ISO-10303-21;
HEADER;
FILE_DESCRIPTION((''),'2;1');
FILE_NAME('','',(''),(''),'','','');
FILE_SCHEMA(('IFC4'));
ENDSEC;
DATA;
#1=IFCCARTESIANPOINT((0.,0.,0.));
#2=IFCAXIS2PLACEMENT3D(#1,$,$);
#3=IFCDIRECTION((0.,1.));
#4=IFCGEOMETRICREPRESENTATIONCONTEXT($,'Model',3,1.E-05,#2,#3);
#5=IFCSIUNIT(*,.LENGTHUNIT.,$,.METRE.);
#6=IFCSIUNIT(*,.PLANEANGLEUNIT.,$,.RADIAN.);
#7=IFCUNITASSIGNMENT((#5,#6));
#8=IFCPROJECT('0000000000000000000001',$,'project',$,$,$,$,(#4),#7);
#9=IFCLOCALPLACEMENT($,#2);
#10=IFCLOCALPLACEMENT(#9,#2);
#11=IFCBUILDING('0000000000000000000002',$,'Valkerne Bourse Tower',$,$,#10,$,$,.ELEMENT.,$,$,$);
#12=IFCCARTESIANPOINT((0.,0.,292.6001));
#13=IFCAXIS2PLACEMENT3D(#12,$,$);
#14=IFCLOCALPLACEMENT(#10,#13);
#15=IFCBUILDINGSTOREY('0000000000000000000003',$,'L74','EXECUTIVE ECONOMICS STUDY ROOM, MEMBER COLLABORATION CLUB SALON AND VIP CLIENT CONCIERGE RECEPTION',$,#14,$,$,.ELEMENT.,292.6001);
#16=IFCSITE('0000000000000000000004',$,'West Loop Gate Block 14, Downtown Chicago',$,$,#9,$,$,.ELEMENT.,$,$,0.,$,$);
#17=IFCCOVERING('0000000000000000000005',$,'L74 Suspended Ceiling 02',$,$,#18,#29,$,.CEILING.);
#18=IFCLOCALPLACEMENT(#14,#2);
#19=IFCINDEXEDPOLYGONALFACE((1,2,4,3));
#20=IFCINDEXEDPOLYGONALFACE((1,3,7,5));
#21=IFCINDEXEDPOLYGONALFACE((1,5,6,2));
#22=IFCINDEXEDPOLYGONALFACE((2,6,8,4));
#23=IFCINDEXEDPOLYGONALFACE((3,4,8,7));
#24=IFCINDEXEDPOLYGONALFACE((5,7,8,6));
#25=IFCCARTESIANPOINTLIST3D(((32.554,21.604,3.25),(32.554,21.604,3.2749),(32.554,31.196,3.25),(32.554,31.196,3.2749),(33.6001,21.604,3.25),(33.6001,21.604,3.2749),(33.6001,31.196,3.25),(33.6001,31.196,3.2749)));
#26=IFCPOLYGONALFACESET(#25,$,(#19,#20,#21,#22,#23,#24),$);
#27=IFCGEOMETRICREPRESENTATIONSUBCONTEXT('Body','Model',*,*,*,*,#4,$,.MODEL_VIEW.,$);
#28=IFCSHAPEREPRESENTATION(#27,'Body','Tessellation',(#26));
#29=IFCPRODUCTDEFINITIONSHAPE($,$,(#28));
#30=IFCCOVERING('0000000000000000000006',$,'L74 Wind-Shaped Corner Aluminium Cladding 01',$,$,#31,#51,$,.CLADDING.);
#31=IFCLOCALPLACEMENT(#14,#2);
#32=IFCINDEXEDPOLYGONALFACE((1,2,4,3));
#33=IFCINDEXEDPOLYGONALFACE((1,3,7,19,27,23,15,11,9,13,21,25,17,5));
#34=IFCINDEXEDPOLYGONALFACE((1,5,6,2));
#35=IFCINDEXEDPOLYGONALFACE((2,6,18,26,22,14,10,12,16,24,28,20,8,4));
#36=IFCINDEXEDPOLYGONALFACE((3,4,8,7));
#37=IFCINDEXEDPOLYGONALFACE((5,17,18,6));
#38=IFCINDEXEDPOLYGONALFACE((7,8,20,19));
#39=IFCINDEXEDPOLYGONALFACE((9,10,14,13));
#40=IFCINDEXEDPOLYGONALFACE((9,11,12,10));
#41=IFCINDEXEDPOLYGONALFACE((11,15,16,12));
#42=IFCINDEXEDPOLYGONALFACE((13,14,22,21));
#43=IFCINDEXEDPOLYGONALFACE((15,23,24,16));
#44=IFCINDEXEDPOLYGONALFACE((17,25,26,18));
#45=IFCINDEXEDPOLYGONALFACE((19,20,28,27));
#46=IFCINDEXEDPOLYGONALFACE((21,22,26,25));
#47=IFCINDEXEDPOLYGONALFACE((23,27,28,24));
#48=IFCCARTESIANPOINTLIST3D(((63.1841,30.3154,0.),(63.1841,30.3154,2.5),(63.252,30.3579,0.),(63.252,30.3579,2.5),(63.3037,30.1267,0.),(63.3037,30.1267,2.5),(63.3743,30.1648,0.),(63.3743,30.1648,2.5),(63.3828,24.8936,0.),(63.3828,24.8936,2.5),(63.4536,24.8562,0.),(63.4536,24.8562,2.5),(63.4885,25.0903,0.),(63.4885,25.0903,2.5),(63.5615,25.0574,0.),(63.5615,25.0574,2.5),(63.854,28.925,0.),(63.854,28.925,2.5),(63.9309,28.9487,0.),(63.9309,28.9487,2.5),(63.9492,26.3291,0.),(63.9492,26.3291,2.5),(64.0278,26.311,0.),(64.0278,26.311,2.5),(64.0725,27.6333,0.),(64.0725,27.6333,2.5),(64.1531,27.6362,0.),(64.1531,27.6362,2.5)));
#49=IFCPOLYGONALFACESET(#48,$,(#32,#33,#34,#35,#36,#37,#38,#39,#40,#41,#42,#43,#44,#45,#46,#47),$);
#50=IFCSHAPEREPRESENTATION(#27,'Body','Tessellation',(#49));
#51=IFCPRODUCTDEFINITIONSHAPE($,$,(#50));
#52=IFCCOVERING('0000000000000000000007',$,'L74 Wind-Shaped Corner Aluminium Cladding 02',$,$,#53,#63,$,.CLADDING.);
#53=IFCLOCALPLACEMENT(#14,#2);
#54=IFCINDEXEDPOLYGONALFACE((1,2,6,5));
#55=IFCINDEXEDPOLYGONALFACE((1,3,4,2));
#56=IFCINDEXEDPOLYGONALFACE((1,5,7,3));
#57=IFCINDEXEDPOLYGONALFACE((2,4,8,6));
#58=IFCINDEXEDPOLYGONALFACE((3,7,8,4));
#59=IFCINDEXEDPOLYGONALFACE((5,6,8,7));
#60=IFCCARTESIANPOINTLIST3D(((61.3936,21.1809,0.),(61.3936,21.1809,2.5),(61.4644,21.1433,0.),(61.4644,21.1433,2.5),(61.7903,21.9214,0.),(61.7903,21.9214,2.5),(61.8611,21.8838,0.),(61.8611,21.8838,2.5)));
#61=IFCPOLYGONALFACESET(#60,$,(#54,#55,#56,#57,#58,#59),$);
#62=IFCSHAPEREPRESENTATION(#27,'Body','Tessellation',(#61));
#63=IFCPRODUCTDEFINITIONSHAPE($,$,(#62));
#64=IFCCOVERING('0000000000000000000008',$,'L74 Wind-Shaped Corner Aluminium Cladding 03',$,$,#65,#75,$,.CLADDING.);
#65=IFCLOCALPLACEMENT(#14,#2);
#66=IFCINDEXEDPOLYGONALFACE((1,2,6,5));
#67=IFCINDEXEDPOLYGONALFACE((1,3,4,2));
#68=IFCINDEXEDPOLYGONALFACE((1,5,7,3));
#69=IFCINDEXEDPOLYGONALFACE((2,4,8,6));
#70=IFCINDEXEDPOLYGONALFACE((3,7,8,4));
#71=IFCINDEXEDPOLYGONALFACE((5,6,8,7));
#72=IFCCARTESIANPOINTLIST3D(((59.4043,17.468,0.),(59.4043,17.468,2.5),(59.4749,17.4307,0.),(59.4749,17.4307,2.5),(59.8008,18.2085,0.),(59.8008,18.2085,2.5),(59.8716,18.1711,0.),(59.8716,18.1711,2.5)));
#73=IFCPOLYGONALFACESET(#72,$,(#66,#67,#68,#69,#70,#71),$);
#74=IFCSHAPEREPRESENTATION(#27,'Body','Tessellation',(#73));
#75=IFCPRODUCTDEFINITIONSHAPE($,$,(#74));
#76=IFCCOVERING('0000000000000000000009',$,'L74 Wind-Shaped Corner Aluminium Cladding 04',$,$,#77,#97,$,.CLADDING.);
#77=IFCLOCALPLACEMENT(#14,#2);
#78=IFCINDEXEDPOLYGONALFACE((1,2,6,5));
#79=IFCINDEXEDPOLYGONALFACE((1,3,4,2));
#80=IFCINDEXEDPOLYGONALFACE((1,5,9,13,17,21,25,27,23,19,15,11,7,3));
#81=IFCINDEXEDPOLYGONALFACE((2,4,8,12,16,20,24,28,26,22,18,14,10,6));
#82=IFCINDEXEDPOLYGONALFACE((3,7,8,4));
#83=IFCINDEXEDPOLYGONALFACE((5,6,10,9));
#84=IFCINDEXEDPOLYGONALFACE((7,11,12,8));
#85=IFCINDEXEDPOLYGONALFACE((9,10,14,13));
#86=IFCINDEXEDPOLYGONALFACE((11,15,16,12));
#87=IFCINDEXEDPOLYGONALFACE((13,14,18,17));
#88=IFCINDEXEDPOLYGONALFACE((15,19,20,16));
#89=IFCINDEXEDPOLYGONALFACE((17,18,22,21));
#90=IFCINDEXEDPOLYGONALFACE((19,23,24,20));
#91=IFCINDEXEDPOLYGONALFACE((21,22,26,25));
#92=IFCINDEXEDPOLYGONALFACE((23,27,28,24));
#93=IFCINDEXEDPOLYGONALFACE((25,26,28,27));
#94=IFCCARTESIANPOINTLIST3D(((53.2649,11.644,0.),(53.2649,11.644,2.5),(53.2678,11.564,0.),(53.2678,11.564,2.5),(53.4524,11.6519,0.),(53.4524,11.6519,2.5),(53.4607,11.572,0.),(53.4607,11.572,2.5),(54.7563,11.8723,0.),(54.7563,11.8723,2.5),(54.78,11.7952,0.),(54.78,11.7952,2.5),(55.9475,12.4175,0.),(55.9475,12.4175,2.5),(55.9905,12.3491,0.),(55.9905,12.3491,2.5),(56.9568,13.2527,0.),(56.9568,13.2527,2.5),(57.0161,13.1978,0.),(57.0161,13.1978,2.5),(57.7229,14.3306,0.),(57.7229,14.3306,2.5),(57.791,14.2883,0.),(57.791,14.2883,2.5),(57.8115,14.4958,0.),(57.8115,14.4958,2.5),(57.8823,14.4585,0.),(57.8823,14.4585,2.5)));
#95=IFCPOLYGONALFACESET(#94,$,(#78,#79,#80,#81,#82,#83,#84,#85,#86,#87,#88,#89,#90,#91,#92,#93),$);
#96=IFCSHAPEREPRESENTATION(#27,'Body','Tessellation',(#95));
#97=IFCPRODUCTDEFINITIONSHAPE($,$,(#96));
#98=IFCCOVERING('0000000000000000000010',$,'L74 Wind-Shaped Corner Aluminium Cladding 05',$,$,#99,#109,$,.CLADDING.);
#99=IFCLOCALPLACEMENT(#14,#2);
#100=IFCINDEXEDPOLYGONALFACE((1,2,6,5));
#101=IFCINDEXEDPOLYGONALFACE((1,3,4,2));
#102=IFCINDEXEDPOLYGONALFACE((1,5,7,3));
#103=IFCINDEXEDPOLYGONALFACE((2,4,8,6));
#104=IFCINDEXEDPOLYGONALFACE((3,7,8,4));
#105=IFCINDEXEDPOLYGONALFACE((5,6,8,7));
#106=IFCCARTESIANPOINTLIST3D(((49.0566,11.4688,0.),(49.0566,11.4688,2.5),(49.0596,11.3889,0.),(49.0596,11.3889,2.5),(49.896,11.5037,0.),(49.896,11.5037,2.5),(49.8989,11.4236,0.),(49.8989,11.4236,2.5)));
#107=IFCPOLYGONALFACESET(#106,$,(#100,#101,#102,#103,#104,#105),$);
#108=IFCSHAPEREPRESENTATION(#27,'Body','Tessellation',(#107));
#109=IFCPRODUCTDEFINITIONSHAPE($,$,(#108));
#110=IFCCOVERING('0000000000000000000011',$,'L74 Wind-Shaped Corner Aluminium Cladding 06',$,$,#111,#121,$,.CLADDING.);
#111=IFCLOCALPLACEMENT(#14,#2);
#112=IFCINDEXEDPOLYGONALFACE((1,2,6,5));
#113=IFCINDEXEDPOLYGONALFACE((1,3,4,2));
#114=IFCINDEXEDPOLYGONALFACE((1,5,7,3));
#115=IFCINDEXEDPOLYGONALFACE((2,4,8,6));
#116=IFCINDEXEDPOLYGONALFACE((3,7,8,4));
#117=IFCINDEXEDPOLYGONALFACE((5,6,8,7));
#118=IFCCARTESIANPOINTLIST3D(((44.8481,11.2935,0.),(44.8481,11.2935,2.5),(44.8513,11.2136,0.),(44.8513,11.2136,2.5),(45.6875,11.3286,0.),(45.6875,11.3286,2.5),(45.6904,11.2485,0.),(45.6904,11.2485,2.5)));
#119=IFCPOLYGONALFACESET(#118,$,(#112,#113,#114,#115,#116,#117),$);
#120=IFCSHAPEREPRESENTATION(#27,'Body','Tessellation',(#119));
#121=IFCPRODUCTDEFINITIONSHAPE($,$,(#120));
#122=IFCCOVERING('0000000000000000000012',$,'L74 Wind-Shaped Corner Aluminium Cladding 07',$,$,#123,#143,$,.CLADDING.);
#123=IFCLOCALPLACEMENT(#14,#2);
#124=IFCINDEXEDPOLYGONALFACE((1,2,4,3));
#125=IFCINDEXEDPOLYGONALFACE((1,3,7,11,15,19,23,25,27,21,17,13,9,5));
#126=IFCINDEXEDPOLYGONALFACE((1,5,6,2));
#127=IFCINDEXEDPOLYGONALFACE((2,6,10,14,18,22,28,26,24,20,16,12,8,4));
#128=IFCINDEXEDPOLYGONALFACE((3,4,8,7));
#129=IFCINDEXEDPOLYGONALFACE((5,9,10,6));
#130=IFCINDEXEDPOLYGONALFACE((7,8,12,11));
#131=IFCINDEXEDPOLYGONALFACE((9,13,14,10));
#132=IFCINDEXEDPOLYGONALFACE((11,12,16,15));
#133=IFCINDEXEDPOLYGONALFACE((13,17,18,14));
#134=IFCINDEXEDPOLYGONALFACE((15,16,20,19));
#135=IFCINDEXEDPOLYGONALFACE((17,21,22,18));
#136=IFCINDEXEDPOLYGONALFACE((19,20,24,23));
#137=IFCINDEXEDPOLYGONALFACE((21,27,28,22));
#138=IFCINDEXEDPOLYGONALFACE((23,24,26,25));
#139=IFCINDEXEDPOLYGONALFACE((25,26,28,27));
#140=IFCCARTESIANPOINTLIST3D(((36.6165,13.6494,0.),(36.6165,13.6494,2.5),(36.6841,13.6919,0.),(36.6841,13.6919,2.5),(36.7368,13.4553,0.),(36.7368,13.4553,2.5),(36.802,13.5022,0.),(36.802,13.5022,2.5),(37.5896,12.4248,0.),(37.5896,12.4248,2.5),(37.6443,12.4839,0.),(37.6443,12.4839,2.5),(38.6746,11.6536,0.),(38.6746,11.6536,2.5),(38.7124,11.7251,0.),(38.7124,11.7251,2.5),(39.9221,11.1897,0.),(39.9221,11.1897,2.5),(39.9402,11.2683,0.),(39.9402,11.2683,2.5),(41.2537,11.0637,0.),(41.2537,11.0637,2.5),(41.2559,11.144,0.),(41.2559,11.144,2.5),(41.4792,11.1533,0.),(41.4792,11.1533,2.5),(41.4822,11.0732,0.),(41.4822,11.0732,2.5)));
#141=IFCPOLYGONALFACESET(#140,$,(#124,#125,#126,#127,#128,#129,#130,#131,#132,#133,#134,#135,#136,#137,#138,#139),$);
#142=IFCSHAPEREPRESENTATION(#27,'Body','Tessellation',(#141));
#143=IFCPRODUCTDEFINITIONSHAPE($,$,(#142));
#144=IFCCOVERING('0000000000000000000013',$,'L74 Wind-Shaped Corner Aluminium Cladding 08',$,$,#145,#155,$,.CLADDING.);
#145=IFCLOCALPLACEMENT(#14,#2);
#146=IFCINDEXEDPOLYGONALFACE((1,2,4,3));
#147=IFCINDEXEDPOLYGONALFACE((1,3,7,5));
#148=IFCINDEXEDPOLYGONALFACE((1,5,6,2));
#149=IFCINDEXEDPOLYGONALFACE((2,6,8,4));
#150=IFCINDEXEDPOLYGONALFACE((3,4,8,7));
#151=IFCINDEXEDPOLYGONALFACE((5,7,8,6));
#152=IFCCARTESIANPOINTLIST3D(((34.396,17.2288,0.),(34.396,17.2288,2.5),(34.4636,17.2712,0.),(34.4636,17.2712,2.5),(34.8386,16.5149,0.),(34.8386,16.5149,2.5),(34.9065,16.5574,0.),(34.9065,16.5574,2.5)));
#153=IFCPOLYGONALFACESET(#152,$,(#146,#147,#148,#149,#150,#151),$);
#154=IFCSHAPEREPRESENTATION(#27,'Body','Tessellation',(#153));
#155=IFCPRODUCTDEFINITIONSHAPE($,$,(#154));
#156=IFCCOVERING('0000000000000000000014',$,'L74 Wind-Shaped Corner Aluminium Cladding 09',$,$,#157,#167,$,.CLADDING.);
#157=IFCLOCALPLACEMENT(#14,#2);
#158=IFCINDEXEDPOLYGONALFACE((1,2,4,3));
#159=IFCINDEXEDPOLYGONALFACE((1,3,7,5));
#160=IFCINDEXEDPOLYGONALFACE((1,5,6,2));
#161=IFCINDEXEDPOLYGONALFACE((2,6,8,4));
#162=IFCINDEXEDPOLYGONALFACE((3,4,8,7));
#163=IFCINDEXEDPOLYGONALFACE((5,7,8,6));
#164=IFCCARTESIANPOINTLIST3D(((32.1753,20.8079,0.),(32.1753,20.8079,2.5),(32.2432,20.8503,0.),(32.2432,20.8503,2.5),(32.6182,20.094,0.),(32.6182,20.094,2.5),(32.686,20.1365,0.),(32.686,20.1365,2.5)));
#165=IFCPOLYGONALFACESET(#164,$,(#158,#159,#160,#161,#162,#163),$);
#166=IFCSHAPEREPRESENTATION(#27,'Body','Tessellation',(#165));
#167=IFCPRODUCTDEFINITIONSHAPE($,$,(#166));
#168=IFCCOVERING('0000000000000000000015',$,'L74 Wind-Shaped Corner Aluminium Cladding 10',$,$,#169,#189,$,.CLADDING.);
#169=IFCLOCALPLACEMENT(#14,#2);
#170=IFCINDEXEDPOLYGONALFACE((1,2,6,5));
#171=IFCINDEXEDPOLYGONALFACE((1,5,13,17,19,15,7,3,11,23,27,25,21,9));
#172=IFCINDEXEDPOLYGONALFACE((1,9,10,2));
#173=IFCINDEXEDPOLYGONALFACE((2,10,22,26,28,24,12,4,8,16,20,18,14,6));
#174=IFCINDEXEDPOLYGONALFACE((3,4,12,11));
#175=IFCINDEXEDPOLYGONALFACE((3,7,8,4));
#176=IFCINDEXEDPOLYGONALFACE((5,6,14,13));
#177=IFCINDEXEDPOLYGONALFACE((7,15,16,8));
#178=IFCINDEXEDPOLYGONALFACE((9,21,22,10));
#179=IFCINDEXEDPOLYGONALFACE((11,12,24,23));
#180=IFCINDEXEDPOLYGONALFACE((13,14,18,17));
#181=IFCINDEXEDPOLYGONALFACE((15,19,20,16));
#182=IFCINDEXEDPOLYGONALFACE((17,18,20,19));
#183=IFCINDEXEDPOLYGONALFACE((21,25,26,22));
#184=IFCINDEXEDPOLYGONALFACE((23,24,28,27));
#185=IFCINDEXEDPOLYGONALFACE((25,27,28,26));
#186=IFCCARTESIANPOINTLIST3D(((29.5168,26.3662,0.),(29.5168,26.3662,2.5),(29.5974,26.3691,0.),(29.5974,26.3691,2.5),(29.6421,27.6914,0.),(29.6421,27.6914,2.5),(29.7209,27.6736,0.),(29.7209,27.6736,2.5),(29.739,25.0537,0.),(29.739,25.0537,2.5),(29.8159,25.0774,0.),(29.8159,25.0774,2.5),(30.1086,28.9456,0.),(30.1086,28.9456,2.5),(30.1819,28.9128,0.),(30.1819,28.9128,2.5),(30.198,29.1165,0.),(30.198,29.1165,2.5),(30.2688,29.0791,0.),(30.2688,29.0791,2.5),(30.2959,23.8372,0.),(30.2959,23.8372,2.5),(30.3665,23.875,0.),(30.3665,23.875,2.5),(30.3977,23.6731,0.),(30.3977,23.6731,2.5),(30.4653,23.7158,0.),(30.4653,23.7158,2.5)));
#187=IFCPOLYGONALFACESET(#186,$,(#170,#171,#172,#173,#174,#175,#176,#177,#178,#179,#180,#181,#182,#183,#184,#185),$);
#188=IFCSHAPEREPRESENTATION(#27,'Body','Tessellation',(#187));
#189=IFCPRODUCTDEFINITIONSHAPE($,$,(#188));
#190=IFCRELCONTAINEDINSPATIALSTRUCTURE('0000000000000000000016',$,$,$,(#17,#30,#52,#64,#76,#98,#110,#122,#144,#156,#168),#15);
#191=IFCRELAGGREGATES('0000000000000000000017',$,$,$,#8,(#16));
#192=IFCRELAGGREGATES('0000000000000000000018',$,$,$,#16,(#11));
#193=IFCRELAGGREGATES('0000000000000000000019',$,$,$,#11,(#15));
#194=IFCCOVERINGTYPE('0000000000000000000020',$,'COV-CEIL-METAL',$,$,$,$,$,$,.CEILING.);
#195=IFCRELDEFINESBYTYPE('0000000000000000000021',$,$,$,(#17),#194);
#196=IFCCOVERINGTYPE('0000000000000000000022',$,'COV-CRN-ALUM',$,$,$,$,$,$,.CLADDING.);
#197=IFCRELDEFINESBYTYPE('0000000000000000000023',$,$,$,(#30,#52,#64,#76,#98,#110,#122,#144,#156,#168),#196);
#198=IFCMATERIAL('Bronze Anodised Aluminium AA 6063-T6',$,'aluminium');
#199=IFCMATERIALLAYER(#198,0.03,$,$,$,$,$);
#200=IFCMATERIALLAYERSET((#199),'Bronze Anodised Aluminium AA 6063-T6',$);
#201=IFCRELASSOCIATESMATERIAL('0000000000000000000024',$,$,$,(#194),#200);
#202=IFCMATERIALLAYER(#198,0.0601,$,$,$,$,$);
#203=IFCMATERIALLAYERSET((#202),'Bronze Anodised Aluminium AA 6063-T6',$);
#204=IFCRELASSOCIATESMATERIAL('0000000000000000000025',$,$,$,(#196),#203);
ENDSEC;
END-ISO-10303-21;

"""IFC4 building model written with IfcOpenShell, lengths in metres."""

from ifc_helpers import new_model, si_unit, direction, frame, origin, place, context, subcontext, project, spatial, polyline, outline, extrude, material, layer, layer_set, type_object, element, save


model = new_model("IFC4")

# Units and contexts
model_context = context("Model", 3, precision=1e-05, world=origin(), true_north=direction((0.0, 1.0)))
body_context = subcontext(model_context, "Body", "Model", "MODEL_VIEW")
ifc_project = project(units=[si_unit("LENGTHUNIT", "METRE"), si_unit("PLANEANGLEUNIT", "RADIAN")], contexts=[model_context])

# Site, building, storey
site_placement = place(None, origin())
site = spatial("IfcSite", under=ifc_project, at=site_placement, Name="West Loop Gate Block 14, Downtown Chicago", CompositionType="ELEMENT", RefElevation=0.0)
building_placement = place(site_placement, origin())
building = spatial("IfcBuilding", under=site, at=building_placement, Name="Valkerne Bourse Tower", CompositionType="ELEMENT")
storey_placement = place(building_placement, frame((0.0, 0.0, 292.6001)))
storey = spatial("IfcBuildingStorey", under=building, at=storey_placement, Name="L74", Description="EXECUTIVE ECONOMICS STUDY ROOM, MEMBER COLLABORATION CLUB SALON AND VIP CLIENT CONCIERGE RECEPTION", CompositionType="ELEMENT", Elevation=292.6001)

# Coverings
ifc_material_1 = material(Name="Bronze Anodised Aluminium AA 6063-T6", Category="aluminium")
ifc_layer_1 = layer(ifc_material_1, 0.03)
ifc_layer_set_1 = layer_set([ifc_layer_1], Name="Bronze Anodised Aluminium AA 6063-T6")
covering_type_1 = type_object("IfcCoveringType", Name="COV-CEIL-METAL", PredefinedType="CEILING", material=ifc_layer_set_1)
covering_1_placement = place(storey_placement, frame((0.0, 0.0, 3.25)))
element("IfcCovering", 1, at=covering_1_placement, inside=storey, type_object=covering_type_1, Name="L74 Suspended Ceiling 02", PredefinedType="CEILING", context=body_context, shape_type="SweptSolid", body=[
    extrude(outline(polyline([(32.554, 21.604), (32.554, 31.196), (33.6001, 31.196), (33.6001, 21.604), (32.554, 21.604)])), origin(), (0.0, 0.0, 1.0), 0.0249),
])
ifc_layer_2 = layer(ifc_material_1, 0.0601)
ifc_layer_set_2 = layer_set([ifc_layer_2], Name="Bronze Anodised Aluminium AA 6063-T6")
covering_type_2 = type_object("IfcCoveringType", Name="COV-CRN-ALUM", PredefinedType="CLADDING", material=ifc_layer_set_2)
covering_2_placement = place(storey_placement, origin())
element("IfcCovering", 2, at=covering_2_placement, inside=storey, type_object=covering_type_2, Name="L74 Wind-Shaped Corner Aluminium Cladding 01", PredefinedType="CLADDING", context=body_context, shape_type="SweptSolid", body=[
    extrude(outline(polyline([(63.9309, 28.9487), (64.1531, 27.6362), (64.0278, 26.311), (63.5615, 25.0574), (63.4536, 24.8562), (63.3828, 24.8936), (63.4885, 25.0903), (63.9492, 26.3291), (64.0725, 27.6333), (63.854, 28.925), (63.3037, 30.1267), (63.1841, 30.3154), (63.252, 30.3579), (63.3743, 30.1648), (63.9309, 28.9487)])), origin(), (0.0, 0.0, 1.0), 2.5),
])
covering_3_placement = place(storey_placement, origin())
element("IfcCovering", 3, at=covering_3_placement, inside=storey, type_object=covering_type_2, Name="L74 Wind-Shaped Corner Aluminium Cladding 02", PredefinedType="CLADDING", context=body_context, shape_type="SweptSolid", body=[
    extrude(outline(polyline([(61.4644, 21.1433), (61.3936, 21.1809), (61.7903, 21.9214), (61.8611, 21.8838), (61.4644, 21.1433)])), origin(), (0.0, 0.0, 1.0), 2.5),
])
covering_4_placement = place(storey_placement, origin())
element("IfcCovering", 4, at=covering_4_placement, inside=storey, type_object=covering_type_2, Name="L74 Wind-Shaped Corner Aluminium Cladding 03", PredefinedType="CLADDING", context=body_context, shape_type="SweptSolid", body=[
    extrude(outline(polyline([(59.4749, 17.4307), (59.4043, 17.468), (59.8008, 18.2085), (59.8716, 18.1711), (59.4749, 17.4307)])), origin(), (0.0, 0.0, 1.0), 2.5),
])
covering_5_placement = place(storey_placement, origin())
element("IfcCovering", 5, at=covering_5_placement, inside=storey, type_object=covering_type_2, Name="L74 Wind-Shaped Corner Aluminium Cladding 04", PredefinedType="CLADDING", context=body_context, shape_type="SweptSolid", body=[
    extrude(outline(polyline([(57.791, 14.2883), (57.0161, 13.1978), (55.9905, 12.3491), (54.78, 11.7952), (53.4607, 11.572), (53.2678, 11.564), (53.2649, 11.644), (53.4524, 11.6519), (54.7563, 11.8723), (55.9475, 12.4175), (56.9568, 13.2527), (57.7229, 14.3306), (57.8115, 14.4958), (57.8823, 14.4585), (57.791, 14.2883)])), origin(), (0.0, 0.0, 1.0), 2.5),
])
covering_6_placement = place(storey_placement, origin())
element("IfcCovering", 6, at=covering_6_placement, inside=storey, type_object=covering_type_2, Name="L74 Wind-Shaped Corner Aluminium Cladding 05", PredefinedType="CLADDING", context=body_context, shape_type="SweptSolid", body=[
    extrude(outline(polyline([(49.0596, 11.3889), (49.0566, 11.4688), (49.896, 11.5037), (49.8989, 11.4236), (49.0596, 11.3889)])), origin(), (0.0, 0.0, 1.0), 2.5),
])
covering_7_placement = place(storey_placement, origin())
element("IfcCovering", 7, at=covering_7_placement, inside=storey, type_object=covering_type_2, Name="L74 Wind-Shaped Corner Aluminium Cladding 06", PredefinedType="CLADDING", context=body_context, shape_type="SweptSolid", body=[
    extrude(outline(polyline([(44.8513, 11.2136), (44.8481, 11.2935), (45.6875, 11.3286), (45.6904, 11.2485), (44.8513, 11.2136)])), origin(), (0.0, 0.0, 1.0), 2.5),
])
covering_8_placement = place(storey_placement, origin())
element("IfcCovering", 8, at=covering_8_placement, inside=storey, type_object=covering_type_2, Name="L74 Wind-Shaped Corner Aluminium Cladding 07", PredefinedType="CLADDING", context=body_context, shape_type="SweptSolid", body=[
    extrude(outline(polyline([(41.2537, 11.0637), (39.9221, 11.1897), (38.6746, 11.6536), (37.5896, 12.4248), (36.7368, 13.4553), (36.6165, 13.6494), (36.6841, 13.6919), (36.802, 13.5022), (37.6443, 12.4839), (38.7124, 11.7251), (39.9402, 11.2683), (41.2559, 11.144), (41.4792, 11.1533), (41.4822, 11.0732), (41.2537, 11.0637)])), origin(), (0.0, 0.0, 1.0), 2.5),
])
covering_9_placement = place(storey_placement, origin())
element("IfcCovering", 9, at=covering_9_placement, inside=storey, type_object=covering_type_2, Name="L74 Wind-Shaped Corner Aluminium Cladding 08", PredefinedType="CLADDING", context=body_context, shape_type="SweptSolid", body=[
    extrude(outline(polyline([(34.396, 17.2288), (34.4636, 17.2712), (34.9065, 16.5574), (34.8386, 16.5149), (34.396, 17.2288)])), origin(), (0.0, 0.0, 1.0), 2.5),
])
covering_10_placement = place(storey_placement, origin())
element("IfcCovering", 10, at=covering_10_placement, inside=storey, type_object=covering_type_2, Name="L74 Wind-Shaped Corner Aluminium Cladding 09", PredefinedType="CLADDING", context=body_context, shape_type="SweptSolid", body=[
    extrude(outline(polyline([(32.1753, 20.8079), (32.2432, 20.8503), (32.686, 20.1365), (32.6182, 20.094), (32.1753, 20.8079)])), origin(), (0.0, 0.0, 1.0), 2.5),
])
covering_11_placement = place(storey_placement, origin())
element("IfcCovering", 11, at=covering_11_placement, inside=storey, type_object=covering_type_2, Name="L74 Wind-Shaped Corner Aluminium Cladding 10", PredefinedType="CLADDING", context=body_context, shape_type="SweptSolid", body=[
    extrude(outline(polyline([(30.2959, 23.8372), (29.739, 25.0537), (29.5168, 26.3662), (29.6421, 27.6914), (30.1086, 28.9456), (30.198, 29.1165), (30.2688, 29.0791), (30.1819, 28.9128), (29.7209, 27.6736), (29.5974, 26.3691), (29.8159, 25.0774), (30.3665, 23.875), (30.4653, 23.7158), (30.3977, 23.6731), (30.2959, 23.8372)])), origin(), (0.0, 0.0, 1.0), 2.5),
])

save(model, "model.ifc")
